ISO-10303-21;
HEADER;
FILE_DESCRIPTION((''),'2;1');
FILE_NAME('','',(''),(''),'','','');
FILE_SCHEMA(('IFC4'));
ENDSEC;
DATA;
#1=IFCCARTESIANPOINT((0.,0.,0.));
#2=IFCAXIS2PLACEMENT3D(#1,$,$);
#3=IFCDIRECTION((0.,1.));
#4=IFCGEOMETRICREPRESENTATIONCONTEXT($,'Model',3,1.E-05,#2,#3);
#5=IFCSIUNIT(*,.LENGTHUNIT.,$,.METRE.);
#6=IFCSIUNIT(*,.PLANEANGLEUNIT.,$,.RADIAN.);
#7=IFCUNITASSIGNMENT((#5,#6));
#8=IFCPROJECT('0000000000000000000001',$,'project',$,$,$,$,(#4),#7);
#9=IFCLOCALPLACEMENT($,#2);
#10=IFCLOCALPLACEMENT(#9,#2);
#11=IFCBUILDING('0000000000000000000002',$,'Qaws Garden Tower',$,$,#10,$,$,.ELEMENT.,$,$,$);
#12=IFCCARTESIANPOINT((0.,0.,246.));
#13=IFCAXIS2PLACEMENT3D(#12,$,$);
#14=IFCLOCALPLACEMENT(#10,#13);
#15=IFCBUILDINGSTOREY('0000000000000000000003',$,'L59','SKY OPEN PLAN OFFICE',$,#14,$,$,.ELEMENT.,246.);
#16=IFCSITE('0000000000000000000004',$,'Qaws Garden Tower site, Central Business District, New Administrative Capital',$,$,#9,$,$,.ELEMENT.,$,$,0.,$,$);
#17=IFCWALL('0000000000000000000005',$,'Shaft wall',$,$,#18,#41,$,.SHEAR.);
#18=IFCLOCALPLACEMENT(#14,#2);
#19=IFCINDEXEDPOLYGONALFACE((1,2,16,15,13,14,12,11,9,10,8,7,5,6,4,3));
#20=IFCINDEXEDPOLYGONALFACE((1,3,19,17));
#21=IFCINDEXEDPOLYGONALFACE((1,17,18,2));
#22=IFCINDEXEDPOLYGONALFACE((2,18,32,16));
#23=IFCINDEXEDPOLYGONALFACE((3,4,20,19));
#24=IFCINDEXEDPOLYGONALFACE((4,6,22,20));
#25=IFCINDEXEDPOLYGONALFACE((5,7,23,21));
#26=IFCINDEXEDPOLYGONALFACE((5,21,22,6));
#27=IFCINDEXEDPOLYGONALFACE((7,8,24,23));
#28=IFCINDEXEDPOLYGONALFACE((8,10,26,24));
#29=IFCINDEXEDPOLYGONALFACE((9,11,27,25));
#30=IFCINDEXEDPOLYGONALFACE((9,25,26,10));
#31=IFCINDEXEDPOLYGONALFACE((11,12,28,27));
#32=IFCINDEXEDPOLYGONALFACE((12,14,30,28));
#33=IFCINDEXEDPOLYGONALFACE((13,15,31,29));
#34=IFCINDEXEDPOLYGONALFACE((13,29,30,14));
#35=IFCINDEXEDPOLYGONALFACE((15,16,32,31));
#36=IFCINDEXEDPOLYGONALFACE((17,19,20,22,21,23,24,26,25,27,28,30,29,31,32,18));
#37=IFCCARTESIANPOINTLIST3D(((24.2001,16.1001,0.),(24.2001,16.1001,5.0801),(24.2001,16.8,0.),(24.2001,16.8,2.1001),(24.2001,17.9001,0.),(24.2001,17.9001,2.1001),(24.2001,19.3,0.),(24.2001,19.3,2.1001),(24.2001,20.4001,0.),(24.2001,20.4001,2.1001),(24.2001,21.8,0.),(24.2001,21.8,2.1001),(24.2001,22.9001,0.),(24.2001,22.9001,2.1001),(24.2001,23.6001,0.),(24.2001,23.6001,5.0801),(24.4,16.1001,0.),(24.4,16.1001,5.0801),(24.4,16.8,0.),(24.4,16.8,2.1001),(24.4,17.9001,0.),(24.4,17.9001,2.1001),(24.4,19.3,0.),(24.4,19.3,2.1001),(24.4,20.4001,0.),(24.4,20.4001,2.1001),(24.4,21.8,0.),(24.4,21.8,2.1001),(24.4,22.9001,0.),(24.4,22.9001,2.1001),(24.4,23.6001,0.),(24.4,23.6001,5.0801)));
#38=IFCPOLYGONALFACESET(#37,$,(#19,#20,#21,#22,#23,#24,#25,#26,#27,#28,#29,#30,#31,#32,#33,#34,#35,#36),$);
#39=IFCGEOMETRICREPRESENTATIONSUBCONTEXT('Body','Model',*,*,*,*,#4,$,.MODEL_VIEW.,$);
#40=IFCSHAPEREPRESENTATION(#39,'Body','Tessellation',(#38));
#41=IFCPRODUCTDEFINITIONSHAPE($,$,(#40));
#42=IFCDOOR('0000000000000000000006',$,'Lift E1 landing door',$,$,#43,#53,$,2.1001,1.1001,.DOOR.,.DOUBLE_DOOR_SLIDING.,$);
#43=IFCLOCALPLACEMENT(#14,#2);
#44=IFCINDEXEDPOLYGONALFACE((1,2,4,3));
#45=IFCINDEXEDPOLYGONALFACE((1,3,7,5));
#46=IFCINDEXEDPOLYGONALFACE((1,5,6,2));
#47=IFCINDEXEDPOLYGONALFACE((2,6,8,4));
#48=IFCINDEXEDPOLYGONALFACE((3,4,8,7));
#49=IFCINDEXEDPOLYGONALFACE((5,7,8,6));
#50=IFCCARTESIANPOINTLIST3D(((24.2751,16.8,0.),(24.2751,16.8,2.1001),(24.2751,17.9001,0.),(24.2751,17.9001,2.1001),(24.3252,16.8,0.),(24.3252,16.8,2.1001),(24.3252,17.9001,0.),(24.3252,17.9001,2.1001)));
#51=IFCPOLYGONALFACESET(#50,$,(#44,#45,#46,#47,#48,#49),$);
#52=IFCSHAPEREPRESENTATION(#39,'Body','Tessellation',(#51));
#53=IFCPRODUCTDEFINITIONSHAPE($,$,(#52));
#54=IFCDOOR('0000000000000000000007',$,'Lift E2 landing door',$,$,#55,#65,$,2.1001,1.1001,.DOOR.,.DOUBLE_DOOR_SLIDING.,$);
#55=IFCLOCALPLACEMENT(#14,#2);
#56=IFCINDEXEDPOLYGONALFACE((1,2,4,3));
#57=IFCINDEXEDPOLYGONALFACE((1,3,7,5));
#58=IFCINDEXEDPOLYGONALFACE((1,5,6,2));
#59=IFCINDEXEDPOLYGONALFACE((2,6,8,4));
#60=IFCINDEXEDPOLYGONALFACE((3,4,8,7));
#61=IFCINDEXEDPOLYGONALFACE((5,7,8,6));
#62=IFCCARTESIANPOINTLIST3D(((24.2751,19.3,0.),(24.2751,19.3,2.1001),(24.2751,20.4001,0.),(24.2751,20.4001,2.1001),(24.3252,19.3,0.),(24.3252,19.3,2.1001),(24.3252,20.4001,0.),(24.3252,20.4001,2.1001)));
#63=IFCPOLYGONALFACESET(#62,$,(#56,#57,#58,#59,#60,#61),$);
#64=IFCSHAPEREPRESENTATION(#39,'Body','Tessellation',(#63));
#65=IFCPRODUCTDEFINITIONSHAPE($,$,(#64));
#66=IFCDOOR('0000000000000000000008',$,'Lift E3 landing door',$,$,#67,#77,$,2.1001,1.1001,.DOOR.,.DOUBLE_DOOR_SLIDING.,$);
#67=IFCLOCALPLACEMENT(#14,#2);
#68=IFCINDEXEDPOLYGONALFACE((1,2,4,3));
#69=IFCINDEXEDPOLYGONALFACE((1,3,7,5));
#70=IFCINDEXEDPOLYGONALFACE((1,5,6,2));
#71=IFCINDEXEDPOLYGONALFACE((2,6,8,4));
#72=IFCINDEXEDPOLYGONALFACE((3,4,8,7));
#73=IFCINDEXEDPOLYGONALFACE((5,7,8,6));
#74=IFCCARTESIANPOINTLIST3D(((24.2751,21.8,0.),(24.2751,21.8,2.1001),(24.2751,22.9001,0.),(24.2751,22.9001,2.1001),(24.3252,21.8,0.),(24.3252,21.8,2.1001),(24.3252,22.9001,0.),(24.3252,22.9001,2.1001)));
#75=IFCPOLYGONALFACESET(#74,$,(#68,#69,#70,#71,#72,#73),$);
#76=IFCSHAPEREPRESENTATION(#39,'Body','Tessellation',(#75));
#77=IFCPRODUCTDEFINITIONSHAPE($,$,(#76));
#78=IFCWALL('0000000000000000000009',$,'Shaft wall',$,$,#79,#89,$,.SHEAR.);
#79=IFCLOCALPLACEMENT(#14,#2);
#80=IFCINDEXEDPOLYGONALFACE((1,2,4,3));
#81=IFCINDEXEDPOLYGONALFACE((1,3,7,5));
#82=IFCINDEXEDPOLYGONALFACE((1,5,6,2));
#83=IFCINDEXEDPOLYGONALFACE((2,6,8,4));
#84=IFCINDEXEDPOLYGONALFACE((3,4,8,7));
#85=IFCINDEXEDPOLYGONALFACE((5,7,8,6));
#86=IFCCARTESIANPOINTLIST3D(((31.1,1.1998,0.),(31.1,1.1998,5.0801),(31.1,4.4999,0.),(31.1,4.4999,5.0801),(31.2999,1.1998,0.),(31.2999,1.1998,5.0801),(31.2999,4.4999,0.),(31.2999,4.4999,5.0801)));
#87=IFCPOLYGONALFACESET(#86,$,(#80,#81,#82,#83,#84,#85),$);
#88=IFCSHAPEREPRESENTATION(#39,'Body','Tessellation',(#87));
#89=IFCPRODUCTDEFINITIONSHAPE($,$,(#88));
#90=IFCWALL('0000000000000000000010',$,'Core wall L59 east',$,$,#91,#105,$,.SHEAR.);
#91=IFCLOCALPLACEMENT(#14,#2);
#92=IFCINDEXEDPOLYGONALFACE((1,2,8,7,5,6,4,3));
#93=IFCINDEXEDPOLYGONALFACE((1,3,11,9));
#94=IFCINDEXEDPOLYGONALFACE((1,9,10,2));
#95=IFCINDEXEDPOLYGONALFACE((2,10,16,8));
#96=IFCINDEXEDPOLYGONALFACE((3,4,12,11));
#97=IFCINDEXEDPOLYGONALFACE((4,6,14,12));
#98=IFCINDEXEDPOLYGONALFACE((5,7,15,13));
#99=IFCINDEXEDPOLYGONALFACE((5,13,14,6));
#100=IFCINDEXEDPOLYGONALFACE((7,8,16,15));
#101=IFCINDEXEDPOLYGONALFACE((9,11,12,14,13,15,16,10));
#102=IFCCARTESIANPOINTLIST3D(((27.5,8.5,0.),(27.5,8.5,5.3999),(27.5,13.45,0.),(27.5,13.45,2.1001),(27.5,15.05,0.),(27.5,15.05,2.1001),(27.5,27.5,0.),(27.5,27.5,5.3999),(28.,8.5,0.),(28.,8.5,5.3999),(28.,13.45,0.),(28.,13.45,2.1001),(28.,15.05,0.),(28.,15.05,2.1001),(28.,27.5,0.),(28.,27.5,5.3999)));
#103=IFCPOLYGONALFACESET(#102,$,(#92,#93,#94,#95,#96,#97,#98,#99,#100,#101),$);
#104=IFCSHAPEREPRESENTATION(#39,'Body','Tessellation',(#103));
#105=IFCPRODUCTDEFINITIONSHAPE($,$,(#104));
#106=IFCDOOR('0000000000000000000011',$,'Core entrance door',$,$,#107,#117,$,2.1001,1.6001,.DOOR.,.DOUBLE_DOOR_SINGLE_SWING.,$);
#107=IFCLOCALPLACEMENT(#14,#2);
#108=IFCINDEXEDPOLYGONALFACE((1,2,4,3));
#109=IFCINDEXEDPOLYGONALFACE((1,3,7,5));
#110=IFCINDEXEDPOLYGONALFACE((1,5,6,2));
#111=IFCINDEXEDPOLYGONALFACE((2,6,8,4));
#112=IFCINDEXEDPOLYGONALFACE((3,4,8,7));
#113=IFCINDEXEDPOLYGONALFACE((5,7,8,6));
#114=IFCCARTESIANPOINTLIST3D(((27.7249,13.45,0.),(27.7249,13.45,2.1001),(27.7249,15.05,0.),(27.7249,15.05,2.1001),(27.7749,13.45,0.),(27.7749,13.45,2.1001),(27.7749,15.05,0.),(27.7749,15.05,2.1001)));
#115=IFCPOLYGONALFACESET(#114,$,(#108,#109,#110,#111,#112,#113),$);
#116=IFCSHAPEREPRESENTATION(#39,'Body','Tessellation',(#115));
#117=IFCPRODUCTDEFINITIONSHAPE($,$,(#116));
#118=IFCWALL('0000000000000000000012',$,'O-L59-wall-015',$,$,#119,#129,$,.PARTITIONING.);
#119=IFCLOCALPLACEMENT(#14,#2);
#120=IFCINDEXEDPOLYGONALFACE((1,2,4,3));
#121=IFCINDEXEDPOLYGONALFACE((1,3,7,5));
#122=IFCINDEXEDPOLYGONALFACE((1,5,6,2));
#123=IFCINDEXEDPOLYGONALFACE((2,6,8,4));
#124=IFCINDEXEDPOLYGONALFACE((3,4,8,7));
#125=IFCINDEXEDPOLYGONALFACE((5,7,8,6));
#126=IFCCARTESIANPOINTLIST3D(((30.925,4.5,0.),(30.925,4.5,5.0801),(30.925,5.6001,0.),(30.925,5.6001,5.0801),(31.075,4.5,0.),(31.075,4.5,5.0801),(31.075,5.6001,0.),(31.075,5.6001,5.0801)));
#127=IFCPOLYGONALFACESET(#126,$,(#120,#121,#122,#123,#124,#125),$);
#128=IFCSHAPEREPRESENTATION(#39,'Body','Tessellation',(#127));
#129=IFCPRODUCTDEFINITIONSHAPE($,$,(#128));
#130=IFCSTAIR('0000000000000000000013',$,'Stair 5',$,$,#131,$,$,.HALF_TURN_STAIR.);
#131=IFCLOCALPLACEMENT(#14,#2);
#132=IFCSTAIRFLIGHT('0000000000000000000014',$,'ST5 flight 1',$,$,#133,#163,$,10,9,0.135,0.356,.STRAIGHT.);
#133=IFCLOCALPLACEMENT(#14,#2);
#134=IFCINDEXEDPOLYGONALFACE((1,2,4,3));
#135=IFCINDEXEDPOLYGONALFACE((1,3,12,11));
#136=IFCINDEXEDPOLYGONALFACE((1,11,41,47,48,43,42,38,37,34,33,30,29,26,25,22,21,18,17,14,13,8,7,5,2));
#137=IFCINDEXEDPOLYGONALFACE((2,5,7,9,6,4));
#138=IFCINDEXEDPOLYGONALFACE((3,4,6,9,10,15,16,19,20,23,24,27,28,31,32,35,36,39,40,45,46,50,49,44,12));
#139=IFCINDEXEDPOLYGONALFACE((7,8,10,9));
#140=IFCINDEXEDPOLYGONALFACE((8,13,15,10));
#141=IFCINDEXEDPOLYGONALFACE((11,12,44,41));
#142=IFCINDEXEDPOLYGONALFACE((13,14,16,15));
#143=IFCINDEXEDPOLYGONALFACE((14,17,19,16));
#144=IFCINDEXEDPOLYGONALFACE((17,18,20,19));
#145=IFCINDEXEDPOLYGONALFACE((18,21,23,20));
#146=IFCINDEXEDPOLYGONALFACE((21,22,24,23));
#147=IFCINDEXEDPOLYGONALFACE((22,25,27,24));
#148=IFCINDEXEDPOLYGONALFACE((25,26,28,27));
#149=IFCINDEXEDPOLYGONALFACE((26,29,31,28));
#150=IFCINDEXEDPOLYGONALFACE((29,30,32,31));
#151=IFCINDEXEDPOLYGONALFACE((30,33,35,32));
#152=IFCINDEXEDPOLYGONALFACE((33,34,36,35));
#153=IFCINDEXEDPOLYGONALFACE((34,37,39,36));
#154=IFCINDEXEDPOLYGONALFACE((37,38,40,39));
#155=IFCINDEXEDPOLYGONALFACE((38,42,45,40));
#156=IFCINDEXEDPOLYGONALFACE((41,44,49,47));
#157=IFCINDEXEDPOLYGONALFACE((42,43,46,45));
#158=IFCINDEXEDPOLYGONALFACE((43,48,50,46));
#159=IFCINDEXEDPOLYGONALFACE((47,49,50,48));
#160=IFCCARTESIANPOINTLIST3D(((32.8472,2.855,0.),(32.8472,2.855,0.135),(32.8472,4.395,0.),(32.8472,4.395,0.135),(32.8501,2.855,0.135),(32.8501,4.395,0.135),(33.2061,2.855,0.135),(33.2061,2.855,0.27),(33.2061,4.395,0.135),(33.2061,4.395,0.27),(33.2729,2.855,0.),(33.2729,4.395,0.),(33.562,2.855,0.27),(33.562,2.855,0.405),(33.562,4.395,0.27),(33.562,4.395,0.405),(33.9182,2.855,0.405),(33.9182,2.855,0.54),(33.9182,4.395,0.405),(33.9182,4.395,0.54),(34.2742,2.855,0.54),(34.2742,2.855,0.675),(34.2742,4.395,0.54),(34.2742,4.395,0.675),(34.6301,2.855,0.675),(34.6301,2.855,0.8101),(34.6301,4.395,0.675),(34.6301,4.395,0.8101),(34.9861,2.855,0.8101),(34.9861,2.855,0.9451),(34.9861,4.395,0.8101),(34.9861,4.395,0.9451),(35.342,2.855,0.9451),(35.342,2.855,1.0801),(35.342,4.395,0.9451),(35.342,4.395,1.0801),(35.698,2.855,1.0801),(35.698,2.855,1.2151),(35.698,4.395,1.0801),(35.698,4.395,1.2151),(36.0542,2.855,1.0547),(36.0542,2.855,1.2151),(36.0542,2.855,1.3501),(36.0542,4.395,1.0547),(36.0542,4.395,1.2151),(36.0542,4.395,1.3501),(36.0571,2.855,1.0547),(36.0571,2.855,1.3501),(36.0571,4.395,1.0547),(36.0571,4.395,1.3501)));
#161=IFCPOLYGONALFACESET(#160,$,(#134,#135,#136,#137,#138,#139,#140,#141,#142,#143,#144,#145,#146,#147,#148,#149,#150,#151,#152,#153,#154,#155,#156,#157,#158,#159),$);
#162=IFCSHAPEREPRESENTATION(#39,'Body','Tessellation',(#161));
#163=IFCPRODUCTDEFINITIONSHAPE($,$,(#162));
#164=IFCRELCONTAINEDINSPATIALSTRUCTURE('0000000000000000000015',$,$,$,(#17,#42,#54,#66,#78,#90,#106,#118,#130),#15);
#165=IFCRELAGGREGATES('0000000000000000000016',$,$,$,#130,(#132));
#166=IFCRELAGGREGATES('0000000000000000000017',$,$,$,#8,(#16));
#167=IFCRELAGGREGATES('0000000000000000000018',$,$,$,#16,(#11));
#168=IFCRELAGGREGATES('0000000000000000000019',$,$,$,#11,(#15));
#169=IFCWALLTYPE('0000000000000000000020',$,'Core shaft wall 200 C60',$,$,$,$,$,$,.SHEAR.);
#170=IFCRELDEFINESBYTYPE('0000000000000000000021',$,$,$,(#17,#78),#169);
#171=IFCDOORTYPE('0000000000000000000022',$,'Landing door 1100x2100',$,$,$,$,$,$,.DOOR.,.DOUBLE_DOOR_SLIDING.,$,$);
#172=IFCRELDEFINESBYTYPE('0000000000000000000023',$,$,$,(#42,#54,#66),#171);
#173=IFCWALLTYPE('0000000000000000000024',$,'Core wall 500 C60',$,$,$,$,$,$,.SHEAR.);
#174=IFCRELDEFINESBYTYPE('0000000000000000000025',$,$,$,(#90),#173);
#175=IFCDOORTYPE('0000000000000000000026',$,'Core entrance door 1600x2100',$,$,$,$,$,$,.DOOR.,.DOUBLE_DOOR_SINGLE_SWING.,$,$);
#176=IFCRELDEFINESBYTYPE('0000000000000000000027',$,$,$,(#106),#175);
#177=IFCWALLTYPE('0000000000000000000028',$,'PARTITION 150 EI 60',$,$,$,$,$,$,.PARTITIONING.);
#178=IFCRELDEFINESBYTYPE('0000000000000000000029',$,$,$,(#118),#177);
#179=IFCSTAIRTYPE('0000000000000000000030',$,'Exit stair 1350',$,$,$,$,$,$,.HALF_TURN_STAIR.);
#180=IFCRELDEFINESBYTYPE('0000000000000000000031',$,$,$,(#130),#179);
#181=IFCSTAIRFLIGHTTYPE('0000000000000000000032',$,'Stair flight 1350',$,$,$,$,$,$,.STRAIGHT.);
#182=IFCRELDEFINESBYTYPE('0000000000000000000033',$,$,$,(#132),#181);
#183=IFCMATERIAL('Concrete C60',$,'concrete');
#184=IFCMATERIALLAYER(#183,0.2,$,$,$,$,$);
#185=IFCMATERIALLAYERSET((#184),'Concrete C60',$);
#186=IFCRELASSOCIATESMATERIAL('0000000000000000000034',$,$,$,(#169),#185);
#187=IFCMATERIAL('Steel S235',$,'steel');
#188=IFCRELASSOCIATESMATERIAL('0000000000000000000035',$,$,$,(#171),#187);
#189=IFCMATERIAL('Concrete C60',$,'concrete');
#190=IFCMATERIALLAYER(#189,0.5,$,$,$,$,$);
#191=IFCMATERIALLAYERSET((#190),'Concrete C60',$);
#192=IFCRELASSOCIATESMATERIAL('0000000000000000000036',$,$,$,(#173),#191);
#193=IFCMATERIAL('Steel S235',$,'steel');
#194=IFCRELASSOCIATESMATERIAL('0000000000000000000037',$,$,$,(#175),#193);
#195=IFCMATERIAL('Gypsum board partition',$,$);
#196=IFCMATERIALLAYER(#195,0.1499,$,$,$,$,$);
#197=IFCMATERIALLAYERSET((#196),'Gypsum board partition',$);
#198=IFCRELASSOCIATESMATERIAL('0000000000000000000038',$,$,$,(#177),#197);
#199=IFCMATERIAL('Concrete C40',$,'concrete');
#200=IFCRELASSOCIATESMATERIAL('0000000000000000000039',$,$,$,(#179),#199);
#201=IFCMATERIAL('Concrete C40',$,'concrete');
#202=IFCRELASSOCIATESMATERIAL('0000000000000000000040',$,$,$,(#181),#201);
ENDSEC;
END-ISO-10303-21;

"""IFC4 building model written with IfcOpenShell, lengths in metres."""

from ifc_helpers import new_model, si_unit, direction, frame, frame_2d, origin, place, context, subcontext, project, spatial, polyline, rectangle, outline, extrude, material, layer, layer_set, type_object, element, fill, aggregate, save


model = new_model("IFC4")

# Units and contexts
model_context = context("Model", 3, precision=1e-05, world=origin(), true_north=direction((0.0, 1.0)))
body_context = subcontext(model_context, "Body", "Model", "MODEL_VIEW")
ifc_project = project(units=[si_unit("LENGTHUNIT", "METRE"), si_unit("PLANEANGLEUNIT", "RADIAN")], contexts=[model_context])

# Site, building, storey
site_placement = place(None, origin())
site = spatial("IfcSite", under=ifc_project, at=site_placement, Name="Qaws Garden Tower site, Central Business District, New Administrative Capital", CompositionType="ELEMENT", RefElevation=0.0)
building_placement = place(site_placement, origin())
building = spatial("IfcBuilding", under=site, at=building_placement, Name="Qaws Garden Tower", CompositionType="ELEMENT")
storey_placement = place(building_placement, frame((0.0, 0.0, 246.0)))
storey = spatial("IfcBuildingStorey", under=building, at=storey_placement, Name="L59", Description="SKY OPEN PLAN OFFICE", CompositionType="ELEMENT", Elevation=246.0)

# Shared definitions
ifc_material_1 = material(Name="Concrete C60", Category="concrete")
ifc_layer_1 = layer(ifc_material_1, 0.2)
ifc_layer_set_1 = layer_set([ifc_layer_1], Name="Concrete C60")
wall_type_1 = type_object("IfcWallType", Name="Core shaft wall 200 C60", PredefinedType="SHEAR", material=ifc_layer_set_1)

# Wall, openings, doors
wall_1_placement = place(storey_placement, frame((24.3, 16.1001, 0.0), z_axis=(0.0, 0.0, 1.0), x_axis=(0.0, 1.0, 0.0)))
wall_1 = element("IfcWall", 1, at=wall_1_placement, inside=storey, type_object=wall_type_1, Name="Shaft wall", PredefinedType="SHEAR", context=body_context, shape_type="SweptSolid", body=[
    extrude(rectangle(XDim=7.5, YDim=0.2, at=frame_2d((3.75, 0.0))), origin(), (0.0, 0.0, 1.0), 5.0801),
])
opening_1_placement = place(wall_1_placement, frame((0.7, 0.0, 0.0)))
opening_1 = element("IfcOpeningElement", 2, at=opening_1_placement, cuts=wall_1, PredefinedType="OPENING", context=body_context, shape_type="SweptSolid", body=[
    extrude(rectangle(XDim=1.1001, YDim=2.1001, at=frame_2d((0.55, 1.05))), frame((0.0, 0.1099, 0.0), z_axis=(0.0, -1.0, 0.0), x_axis=(1.0, 0.0, 0.0)), (0.0, 0.0, 1.0), 0.22),
])
opening_2_placement = place(wall_1_placement, frame((3.2, 0.0, 0.0)))
opening_2 = element("IfcOpeningElement", 3, at=opening_2_placement, cuts=wall_1, PredefinedType="OPENING", context=body_context, shape_type="SweptSolid", body=[
    extrude(rectangle(XDim=1.1001, YDim=2.1001, at=frame_2d((0.55, 1.05))), frame((0.0, 0.1099, 0.0), z_axis=(0.0, -1.0, 0.0), x_axis=(1.0, 0.0, 0.0)), (0.0, 0.0, 1.0), 0.22),
])
opening_3_placement = place(wall_1_placement, frame((5.7, 0.0, 0.0)))
opening_3 = element("IfcOpeningElement", 4, at=opening_3_placement, cuts=wall_1, PredefinedType="OPENING", context=body_context, shape_type="SweptSolid", body=[
    extrude(rectangle(XDim=1.1001, YDim=2.1001, at=frame_2d((0.55, 1.05))), frame((0.0, 0.1099, 0.0), z_axis=(0.0, -1.0, 0.0), x_axis=(1.0, 0.0, 0.0)), (0.0, 0.0, 1.0), 0.22),
])
ifc_material_2 = material(Name="Steel S235", Category="steel")
door_type_1 = type_object("IfcDoorType", Name="Landing door 1100x2100", OperationType="DOUBLE_DOOR_SLIDING", PredefinedType="DOOR", material=ifc_material_2)
door_1_placement = place(opening_1_placement, origin())
door_1 = element("IfcDoor", 5, at=door_1_placement, inside=storey, type_object=door_type_1, Name="Lift E1 landing door", OperationType="DOUBLE_DOOR_SLIDING", OverallHeight=2.1001, OverallWidth=1.1001, PredefinedType="DOOR", context=body_context, shape_type="SweptSolid", body=[
    extrude(rectangle(XDim=1.1001, YDim=2.1001, at=frame_2d((0.55, 1.05))), frame((0.0, 0.0249, 0.0), z_axis=(0.0, -1.0, 0.0), x_axis=(1.0, 0.0, 0.0)), (0.0, 0.0, 1.0), 0.05),
])
fill(opening_1, door_1)
door_2_placement = place(opening_2_placement, origin())
door_2 = element("IfcDoor", 6, at=door_2_placement, inside=storey, type_object=door_type_1, Name="Lift E2 landing door", OperationType="DOUBLE_DOOR_SLIDING", OverallHeight=2.1001, OverallWidth=1.1001, PredefinedType="DOOR", context=body_context, shape_type="SweptSolid", body=[
    extrude(rectangle(XDim=1.1001, YDim=2.1001, at=frame_2d((0.55, 1.05))), frame((0.0, 0.0249, 0.0), z_axis=(0.0, -1.0, 0.0), x_axis=(1.0, 0.0, 0.0)), (0.0, 0.0, 1.0), 0.05),
])
fill(opening_2, door_2)
door_3_placement = place(opening_3_placement, origin())
door_3 = element("IfcDoor", 7, at=door_3_placement, inside=storey, type_object=door_type_1, Name="Lift E3 landing door", OperationType="DOUBLE_DOOR_SLIDING", OverallHeight=2.1001, OverallWidth=1.1001, PredefinedType="DOOR", context=body_context, shape_type="SweptSolid", body=[
    extrude(rectangle(XDim=1.1001, YDim=2.1001, at=frame_2d((0.55, 1.05))), frame((0.0, 0.0249, 0.0), z_axis=(0.0, -1.0, 0.0), x_axis=(1.0, 0.0, 0.0)), (0.0, 0.0, 1.0), 0.05),
])
fill(opening_3, door_3)

# Wall
wall_2_placement = place(storey_placement, frame((31.2, 1.2, 0.0), z_axis=(0.0, 0.0, 1.0), x_axis=(0.0, 1.0, 0.0)))
element("IfcWall", 8, at=wall_2_placement, inside=storey, type_object=wall_type_1, Name="Shaft wall", PredefinedType="SHEAR", context=body_context, shape_type="SweptSolid", body=[
    extrude(rectangle(XDim=3.3, YDim=0.2, at=frame_2d((1.6499, 0.0))), origin(), (0.0, 0.0, 1.0), 5.0801),
])

# Wall, opening, door
ifc_material_3 = material(Name="Concrete C60", Category="concrete")
ifc_layer_2 = layer(ifc_material_3, 0.5)
ifc_layer_set_2 = layer_set([ifc_layer_2], Name="Concrete C60")
wall_type_2 = type_object("IfcWallType", Name="Core wall 500 C60", PredefinedType="SHEAR", material=ifc_layer_set_2)
wall_3_placement = place(storey_placement, frame((27.75, 8.5, 0.0), z_axis=(0.0, 0.0, 1.0), x_axis=(0.0, 1.0, 0.0)))
wall_3 = element("IfcWall", 9, at=wall_3_placement, inside=storey, type_object=wall_type_2, Name="Core wall L59 east", PredefinedType="SHEAR", context=body_context, shape_type="SweptSolid", body=[
    extrude(rectangle(XDim=19.0, YDim=0.5, at=frame_2d((9.5, 0.0))), origin(), (0.0, 0.0, 1.0), 5.3999),
])
opening_4_placement = place(wall_3_placement, frame((4.95, 0.0, 0.0)))
opening_4 = element("IfcOpeningElement", 10, at=opening_4_placement, cuts=wall_3, PredefinedType="OPENING", context=body_context, shape_type="SweptSolid", body=[
    extrude(rectangle(XDim=1.6001, YDim=2.1001, at=frame_2d((0.8, 1.05))), frame((0.0, 0.26, 0.0), z_axis=(0.0, -1.0, 0.0), x_axis=(1.0, 0.0, 0.0)), (0.0, 0.0, 1.0), 0.52),
])
ifc_material_4 = material(Name="Steel S235", Category="steel")
door_type_2 = type_object("IfcDoorType", Name="Core entrance door 1600x2100", OperationType="DOUBLE_DOOR_SINGLE_SWING", PredefinedType="DOOR", material=ifc_material_4)
door_4_placement = place(opening_4_placement, frame((1.6001, 0.0, 0.0), z_axis=(0.0, 0.0, 1.0), x_axis=(-1.0, 0.0, 0.0)))
door_4 = element("IfcDoor", 11, at=door_4_placement, inside=storey, type_object=door_type_2, Name="Core entrance door", OperationType="DOUBLE_DOOR_SINGLE_SWING", OverallHeight=2.1001, OverallWidth=1.6001, PredefinedType="DOOR", context=body_context, shape_type="SweptSolid", body=[
    extrude(rectangle(XDim=1.6001, YDim=2.1001, at=frame_2d((0.8, 1.05))), frame((0.0, 0.0249, 0.0), z_axis=(0.0, -1.0, 0.0), x_axis=(1.0, 0.0, 0.0)), (0.0, 0.0, 1.0), 0.05),
])
fill(opening_4, door_4)

# Wall
ifc_material_5 = material(Name="Gypsum board partition")
ifc_layer_3 = layer(ifc_material_5, 0.1499)
ifc_layer_set_3 = layer_set([ifc_layer_3], Name="Gypsum board partition")
wall_type_3 = type_object("IfcWallType", Name="PARTITION 150 EI 60", PredefinedType="PARTITIONING", material=ifc_layer_set_3)
wall_4_placement = place(storey_placement, frame((31.0, 4.5, 0.0), z_axis=(0.0, 0.0, 1.0), x_axis=(0.0, 1.0, 0.0)))
element("IfcWall", 12, at=wall_4_placement, inside=storey, type_object=wall_type_3, Name="O-L59-wall-015", PredefinedType="PARTITIONING", context=body_context, shape_type="SweptSolid", body=[
    extrude(rectangle(XDim=1.1001, YDim=0.1499, at=frame_2d((0.55, 0.0))), origin(), (0.0, 0.0, 1.0), 5.0801),
])

# Stair, stair flight
ifc_material_6 = material(Name="Concrete C40", Category="concrete")
stair_type = type_object("IfcStairType", Name="Exit stair 1350", PredefinedType="HALF_TURN_STAIR", material=ifc_material_6)
stair_placement = place(storey_placement, origin())
stair = element("IfcStair", 13, at=stair_placement, inside=storey, type_object=stair_type, Name="Stair 5", PredefinedType="HALF_TURN_STAIR")
ifc_material_7 = material(Name="Concrete C40", Category="concrete")
stair_flight_type = type_object("IfcStairFlightType", Name="Stair flight 1350", PredefinedType="STRAIGHT", material=ifc_material_7)
stair_flight_1_placement = place(storey_placement, frame((32.8501, 3.625, 0.0), z_axis=(0.0, 0.0, 1.0), x_axis=(1.0, 0.0, 0.0)))
stair_flight_1 = element("IfcStairFlight", 14, at=stair_flight_1_placement, type_object=stair_flight_type, Name="ST5 flight 1", NumberOfRisers=10, NumberOfTreads=9, PredefinedType="STRAIGHT", RiserHeight=0.135, TreadLength=0.356, context=body_context, shape_type="SweptSolid", body=[
    extrude(outline(polyline([(-0.0029, 0.0), (-0.0029, 0.135), (0.0, 0.135), (0.356, 0.135), (0.356, 0.27), (0.7119, 0.27), (0.7119, 0.405), (1.0681, 0.405), (1.0681, 0.54), (1.4241, 0.54), (1.4241, 0.675), (1.78, 0.675), (1.78, 0.8101), (2.136, 0.8101), (2.136, 0.9451), (2.4919, 0.9451), (2.4919, 1.0801), (2.8479, 1.0801), (2.8479, 1.2151), (3.2041, 1.2151), (3.2041, 1.3501), (3.207, 1.3501), (3.207, 1.0547), (3.2041, 1.0547), (0.4229, 0.0), (-0.0029, 0.0)])), frame((0.0, 0.77, 0.0), z_axis=(0.0, -1.0, 0.0), x_axis=(1.0, 0.0, 0.0)), (0.0, 0.0, 1.0), 1.54),
])
aggregate(stair, [stair_flight_1])

save(model, "model.ifc")
